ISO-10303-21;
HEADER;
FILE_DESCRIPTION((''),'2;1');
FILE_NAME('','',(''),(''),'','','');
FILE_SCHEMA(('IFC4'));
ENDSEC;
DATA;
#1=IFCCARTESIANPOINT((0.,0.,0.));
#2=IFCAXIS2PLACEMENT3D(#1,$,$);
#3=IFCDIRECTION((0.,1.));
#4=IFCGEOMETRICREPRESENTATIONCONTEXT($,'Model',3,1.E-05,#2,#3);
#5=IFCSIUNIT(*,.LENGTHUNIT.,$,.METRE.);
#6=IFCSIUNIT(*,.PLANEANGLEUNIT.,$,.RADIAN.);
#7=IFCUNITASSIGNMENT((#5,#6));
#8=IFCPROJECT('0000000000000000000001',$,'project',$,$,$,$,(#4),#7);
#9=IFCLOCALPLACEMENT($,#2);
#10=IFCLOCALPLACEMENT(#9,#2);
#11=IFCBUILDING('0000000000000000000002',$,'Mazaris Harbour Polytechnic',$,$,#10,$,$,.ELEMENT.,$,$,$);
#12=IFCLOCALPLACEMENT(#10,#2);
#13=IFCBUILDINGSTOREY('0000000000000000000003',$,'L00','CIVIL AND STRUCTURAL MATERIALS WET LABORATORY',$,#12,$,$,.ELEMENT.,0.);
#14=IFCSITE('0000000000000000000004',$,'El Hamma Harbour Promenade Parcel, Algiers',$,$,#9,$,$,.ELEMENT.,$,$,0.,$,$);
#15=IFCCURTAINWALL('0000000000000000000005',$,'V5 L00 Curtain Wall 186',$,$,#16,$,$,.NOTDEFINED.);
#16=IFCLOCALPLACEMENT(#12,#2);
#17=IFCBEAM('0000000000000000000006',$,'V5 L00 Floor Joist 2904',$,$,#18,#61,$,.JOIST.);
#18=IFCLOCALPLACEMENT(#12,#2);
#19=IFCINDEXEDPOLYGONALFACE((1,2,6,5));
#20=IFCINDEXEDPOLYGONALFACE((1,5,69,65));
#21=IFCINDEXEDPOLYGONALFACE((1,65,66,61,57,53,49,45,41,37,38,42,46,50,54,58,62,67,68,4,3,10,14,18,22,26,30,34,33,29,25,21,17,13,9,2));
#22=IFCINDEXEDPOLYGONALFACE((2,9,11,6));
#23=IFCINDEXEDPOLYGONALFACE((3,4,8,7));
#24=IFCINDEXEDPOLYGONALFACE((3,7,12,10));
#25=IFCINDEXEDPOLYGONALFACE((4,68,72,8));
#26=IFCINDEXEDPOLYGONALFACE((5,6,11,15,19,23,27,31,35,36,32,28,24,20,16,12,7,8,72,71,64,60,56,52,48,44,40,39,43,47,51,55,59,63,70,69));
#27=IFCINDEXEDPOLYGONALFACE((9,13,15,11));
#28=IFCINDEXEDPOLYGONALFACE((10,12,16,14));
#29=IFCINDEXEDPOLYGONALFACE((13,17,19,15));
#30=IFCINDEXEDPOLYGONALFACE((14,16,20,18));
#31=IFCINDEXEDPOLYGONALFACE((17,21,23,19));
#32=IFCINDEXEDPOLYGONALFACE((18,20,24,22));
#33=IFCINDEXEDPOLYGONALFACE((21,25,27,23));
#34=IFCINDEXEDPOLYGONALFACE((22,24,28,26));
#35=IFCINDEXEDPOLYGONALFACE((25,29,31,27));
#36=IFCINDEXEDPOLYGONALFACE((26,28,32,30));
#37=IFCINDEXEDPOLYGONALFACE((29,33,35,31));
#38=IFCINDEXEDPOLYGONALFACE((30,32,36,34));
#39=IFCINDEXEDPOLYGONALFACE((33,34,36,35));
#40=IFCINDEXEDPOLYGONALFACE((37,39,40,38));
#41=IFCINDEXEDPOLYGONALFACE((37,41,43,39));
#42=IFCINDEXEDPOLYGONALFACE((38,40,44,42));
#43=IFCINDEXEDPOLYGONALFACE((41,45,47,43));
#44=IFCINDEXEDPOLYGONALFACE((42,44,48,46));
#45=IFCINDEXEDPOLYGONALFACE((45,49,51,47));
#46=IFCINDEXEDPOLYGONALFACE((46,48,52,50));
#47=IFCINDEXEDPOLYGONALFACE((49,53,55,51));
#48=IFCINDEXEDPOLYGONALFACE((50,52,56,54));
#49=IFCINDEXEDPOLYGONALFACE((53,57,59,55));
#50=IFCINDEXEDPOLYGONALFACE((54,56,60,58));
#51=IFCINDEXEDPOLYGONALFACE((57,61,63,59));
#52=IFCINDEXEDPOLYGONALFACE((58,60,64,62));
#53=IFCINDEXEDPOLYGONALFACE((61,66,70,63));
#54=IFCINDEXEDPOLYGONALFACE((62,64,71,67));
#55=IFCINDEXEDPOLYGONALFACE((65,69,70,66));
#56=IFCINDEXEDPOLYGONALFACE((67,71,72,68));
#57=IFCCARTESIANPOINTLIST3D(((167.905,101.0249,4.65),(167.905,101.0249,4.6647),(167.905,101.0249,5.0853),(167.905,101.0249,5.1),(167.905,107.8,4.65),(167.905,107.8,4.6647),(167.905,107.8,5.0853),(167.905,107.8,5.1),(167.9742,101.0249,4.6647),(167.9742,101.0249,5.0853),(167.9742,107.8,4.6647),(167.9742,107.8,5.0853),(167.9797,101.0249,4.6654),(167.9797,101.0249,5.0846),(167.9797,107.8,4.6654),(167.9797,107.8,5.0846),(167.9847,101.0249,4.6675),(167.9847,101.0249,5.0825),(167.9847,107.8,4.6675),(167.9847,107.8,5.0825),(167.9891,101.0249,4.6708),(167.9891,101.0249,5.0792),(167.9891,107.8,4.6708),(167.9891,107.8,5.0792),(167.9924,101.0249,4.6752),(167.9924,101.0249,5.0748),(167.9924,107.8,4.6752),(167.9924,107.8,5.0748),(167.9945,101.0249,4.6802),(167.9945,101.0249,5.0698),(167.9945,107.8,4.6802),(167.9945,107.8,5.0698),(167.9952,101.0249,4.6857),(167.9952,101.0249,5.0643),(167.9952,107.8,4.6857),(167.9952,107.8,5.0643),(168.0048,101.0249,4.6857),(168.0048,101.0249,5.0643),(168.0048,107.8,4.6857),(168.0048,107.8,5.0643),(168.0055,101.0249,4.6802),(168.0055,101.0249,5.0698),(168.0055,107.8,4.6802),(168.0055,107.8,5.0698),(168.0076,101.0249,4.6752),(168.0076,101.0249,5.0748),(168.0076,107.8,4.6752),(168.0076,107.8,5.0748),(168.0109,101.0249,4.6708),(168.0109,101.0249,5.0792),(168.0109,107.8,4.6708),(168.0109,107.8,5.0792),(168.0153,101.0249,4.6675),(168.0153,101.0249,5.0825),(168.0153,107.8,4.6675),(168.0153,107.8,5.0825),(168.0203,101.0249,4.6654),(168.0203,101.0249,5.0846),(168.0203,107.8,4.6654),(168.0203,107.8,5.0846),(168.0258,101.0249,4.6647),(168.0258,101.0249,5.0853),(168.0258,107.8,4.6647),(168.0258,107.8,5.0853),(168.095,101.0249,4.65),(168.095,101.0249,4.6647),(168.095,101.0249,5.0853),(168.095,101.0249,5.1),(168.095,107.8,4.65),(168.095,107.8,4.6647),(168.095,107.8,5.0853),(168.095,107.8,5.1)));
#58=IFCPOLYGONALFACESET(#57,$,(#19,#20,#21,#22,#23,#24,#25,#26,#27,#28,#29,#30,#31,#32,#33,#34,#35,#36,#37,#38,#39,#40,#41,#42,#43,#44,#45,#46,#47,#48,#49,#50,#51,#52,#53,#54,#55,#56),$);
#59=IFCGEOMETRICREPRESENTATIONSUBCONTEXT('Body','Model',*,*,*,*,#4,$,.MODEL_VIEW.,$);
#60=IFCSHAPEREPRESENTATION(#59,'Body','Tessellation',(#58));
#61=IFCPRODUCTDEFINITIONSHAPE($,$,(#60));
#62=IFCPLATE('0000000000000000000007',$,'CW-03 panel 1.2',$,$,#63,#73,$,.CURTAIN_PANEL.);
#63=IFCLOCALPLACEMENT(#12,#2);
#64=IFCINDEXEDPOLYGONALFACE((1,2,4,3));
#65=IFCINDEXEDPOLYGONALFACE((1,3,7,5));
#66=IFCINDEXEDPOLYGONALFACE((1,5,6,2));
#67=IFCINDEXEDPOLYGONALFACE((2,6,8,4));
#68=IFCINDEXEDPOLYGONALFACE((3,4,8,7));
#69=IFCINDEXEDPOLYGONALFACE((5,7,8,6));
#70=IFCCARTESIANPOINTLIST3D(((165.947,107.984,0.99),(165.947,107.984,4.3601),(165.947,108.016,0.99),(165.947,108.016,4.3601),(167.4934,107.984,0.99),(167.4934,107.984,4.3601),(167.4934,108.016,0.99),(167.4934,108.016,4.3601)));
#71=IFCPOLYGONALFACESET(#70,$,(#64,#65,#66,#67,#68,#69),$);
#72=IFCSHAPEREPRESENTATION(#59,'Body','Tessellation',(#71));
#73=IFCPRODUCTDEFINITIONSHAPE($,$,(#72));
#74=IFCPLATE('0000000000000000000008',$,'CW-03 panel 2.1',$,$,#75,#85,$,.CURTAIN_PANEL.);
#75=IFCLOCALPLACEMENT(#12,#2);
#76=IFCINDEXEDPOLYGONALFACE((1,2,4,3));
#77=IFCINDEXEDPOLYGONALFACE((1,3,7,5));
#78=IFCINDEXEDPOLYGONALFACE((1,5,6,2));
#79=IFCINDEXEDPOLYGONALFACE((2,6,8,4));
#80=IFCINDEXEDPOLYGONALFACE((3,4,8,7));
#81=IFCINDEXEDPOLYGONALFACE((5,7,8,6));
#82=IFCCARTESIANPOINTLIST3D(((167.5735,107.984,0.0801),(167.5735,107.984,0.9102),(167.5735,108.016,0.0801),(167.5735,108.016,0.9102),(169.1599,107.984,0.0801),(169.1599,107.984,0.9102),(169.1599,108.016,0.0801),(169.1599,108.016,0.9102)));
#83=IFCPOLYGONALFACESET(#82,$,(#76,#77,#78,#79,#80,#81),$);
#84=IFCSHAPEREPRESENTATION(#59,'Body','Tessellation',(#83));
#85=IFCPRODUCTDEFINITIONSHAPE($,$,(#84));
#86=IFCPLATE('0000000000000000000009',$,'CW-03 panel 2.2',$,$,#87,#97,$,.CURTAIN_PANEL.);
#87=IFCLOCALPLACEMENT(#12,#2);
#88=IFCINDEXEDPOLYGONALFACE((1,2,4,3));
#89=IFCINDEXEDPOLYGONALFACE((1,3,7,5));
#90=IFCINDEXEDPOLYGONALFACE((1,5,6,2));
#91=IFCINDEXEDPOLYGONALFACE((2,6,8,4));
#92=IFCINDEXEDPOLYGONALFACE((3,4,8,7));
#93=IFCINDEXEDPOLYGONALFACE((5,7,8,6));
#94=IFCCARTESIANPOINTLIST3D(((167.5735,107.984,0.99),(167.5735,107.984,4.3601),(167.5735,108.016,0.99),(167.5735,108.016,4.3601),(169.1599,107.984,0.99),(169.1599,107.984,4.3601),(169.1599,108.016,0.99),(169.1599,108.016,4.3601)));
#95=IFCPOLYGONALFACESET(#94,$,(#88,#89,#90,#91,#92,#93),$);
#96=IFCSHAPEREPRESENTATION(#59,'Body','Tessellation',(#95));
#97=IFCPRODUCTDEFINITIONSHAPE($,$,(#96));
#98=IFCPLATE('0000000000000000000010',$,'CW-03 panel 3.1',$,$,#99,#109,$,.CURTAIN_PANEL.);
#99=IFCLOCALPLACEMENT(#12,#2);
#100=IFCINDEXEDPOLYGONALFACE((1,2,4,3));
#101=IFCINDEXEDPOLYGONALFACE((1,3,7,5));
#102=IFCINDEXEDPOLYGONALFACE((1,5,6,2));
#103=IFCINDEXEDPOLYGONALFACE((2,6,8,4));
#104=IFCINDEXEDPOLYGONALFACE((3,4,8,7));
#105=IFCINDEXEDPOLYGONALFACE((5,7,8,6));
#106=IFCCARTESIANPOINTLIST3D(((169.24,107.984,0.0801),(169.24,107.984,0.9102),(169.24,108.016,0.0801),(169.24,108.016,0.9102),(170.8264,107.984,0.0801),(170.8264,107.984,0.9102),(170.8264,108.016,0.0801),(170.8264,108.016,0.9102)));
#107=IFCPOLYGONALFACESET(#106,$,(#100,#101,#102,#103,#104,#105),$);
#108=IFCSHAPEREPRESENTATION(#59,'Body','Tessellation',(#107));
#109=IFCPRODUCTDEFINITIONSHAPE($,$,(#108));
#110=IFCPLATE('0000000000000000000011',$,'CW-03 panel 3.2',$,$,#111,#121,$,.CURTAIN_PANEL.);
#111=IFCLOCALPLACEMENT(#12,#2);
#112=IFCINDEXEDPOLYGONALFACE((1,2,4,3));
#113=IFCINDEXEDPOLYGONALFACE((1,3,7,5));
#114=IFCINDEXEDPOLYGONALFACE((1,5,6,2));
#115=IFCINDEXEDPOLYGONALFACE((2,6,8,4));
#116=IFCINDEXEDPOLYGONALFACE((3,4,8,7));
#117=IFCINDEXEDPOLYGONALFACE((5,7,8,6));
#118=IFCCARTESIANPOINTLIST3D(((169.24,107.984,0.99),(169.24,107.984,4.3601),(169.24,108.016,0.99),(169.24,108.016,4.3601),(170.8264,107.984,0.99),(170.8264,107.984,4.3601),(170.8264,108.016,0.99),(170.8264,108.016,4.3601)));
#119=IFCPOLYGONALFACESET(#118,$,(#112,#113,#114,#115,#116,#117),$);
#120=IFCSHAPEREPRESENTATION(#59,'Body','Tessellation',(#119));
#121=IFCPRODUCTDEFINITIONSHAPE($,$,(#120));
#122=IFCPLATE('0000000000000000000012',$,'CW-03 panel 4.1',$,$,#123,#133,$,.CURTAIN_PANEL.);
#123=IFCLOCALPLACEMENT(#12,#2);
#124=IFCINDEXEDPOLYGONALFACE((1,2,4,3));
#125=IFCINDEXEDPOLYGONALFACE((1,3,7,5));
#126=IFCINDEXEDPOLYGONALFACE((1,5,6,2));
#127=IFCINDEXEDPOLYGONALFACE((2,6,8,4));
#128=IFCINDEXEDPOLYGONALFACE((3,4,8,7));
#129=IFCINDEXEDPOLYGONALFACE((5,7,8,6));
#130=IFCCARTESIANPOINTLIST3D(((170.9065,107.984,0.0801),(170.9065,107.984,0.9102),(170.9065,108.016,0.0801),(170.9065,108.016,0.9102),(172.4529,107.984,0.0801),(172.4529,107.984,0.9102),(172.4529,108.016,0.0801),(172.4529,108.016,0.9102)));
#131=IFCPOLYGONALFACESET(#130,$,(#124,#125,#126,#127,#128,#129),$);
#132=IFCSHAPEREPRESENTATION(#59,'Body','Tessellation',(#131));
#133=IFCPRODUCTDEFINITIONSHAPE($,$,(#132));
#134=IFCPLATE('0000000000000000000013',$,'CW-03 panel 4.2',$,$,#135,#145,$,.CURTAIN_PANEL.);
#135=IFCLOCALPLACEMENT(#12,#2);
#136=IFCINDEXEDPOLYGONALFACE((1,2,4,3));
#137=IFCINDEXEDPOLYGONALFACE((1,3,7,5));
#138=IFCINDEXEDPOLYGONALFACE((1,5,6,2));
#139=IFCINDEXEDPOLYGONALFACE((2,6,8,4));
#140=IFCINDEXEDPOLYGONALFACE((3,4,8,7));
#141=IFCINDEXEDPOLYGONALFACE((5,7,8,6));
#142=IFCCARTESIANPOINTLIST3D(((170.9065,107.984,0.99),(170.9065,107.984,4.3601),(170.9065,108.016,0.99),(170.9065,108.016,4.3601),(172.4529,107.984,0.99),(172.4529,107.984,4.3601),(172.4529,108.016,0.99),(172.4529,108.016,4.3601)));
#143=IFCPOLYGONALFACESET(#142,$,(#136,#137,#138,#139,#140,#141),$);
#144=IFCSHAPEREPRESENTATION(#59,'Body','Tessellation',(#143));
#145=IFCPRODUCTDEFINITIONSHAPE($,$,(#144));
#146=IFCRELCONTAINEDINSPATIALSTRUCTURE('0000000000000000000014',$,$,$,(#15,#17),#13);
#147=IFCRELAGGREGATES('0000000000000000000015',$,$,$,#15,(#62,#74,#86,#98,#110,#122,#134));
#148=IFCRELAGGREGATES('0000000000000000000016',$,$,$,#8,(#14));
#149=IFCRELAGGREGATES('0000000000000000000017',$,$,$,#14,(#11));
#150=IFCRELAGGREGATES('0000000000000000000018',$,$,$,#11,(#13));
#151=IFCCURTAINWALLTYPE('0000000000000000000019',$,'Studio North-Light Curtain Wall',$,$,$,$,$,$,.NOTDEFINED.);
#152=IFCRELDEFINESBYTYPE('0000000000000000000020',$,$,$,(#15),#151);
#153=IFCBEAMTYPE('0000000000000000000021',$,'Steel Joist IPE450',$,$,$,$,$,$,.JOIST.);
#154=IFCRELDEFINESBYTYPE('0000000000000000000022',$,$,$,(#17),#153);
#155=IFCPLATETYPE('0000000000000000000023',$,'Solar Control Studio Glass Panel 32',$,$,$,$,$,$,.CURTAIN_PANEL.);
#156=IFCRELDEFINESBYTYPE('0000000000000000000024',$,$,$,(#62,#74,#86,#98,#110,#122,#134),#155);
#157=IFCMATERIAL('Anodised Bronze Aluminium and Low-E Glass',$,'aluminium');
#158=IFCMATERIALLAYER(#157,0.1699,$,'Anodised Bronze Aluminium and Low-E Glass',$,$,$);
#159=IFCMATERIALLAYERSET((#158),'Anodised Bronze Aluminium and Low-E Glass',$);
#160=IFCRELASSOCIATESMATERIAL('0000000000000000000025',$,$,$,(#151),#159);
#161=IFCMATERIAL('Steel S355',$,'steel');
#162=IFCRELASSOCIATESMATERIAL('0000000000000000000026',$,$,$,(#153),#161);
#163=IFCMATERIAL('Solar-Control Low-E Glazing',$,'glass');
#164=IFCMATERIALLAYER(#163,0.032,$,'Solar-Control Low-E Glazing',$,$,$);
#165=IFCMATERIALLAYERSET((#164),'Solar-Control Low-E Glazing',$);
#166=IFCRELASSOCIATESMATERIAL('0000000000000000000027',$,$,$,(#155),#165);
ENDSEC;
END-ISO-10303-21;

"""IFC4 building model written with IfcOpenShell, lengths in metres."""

from ifc_helpers import new_model, si_unit, direction, frame, origin, origin_2d, place, context, subcontext, project, spatial, rectangle, i_section, extrude, material, layer, layer_set, material_profile, profile_set, type_object, element, aggregate, save


model = new_model("IFC4")

# Units and contexts
model_context = context("Model", 3, precision=1e-05, world=origin(), true_north=direction((0.0, 1.0)))
body_context = subcontext(model_context, "Body", "Model", "MODEL_VIEW")
ifc_project = project(units=[si_unit("LENGTHUNIT", "METRE"), si_unit("PLANEANGLEUNIT", "RADIAN")], contexts=[model_context])

# Site, building, storey
site_placement = place(None, origin())
site = spatial("IfcSite", under=ifc_project, at=site_placement, Name="El Hamma Harbour Promenade Parcel, Algiers", CompositionType="ELEMENT", RefElevation=0.0)
building_placement = place(site_placement, origin())
building = spatial("IfcBuilding", under=site, at=building_placement, Name="Mazaris Harbour Polytechnic", CompositionType="ELEMENT")
storey_placement = place(building_placement, origin())
storey = spatial("IfcBuildingStorey", under=building, at=storey_placement, Name="L00", Description="CIVIL AND STRUCTURAL MATERIALS WET LABORATORY", CompositionType="ELEMENT", Elevation=0.0)

# Curtain wall
ifc_material_1 = material(Name="Anodised Bronze Aluminium and Low-E Glass", Category="aluminium")
ifc_layer_1 = layer(ifc_material_1, 0.1699, Name="Anodised Bronze Aluminium and Low-E Glass")
ifc_layer_set_1 = layer_set([ifc_layer_1], Name="Anodised Bronze Aluminium and Low-E Glass")
curtain_wall_type = type_object("IfcCurtainWallType", Name="Studio North-Light Curtain Wall", PredefinedType="NOTDEFINED", material=ifc_layer_set_1)
curtain_wall_placement = place(storey_placement, origin())
curtain_wall = element("IfcCurtainWall", 1, at=curtain_wall_placement, inside=storey, type_object=curtain_wall_type, Name="V5 L00 Curtain Wall 186", PredefinedType="NOTDEFINED")

# Beam
ifc_material_2 = material(Name="Steel S355", Category="steel")
ifc_material_profile_1 = material_profile(ifc_material_2, i_section(OverallWidth=0.1899, OverallDepth=0.45, WebThickness=0.0095, FlangeThickness=0.0146, FilletRadius=0.021, at=origin_2d()), Name="IPE 450")
ifc_profile_set_1 = profile_set([ifc_material_profile_1], Name="Steel S355")
beam_type_1 = type_object("IfcBeamType", Name="Steel Joist IPE450", PredefinedType="JOIST", material=ifc_profile_set_1)
beam_1_placement = place(storey_placement, frame((168.0, 101.0249, 4.875), z_axis=(0.0, 1.0, 0.0), x_axis=(-1.0, 0.0, 0.0)))
element("IfcBeam", 2, at=beam_1_placement, inside=storey, type_object=beam_type_1, Name="V5 L00 Floor Joist 2904", PredefinedType="JOIST", context=body_context, shape_type="SweptSolid", body=[
    extrude(i_section(OverallWidth=0.1899, OverallDepth=0.45, WebThickness=0.0095, FlangeThickness=0.0146, FilletRadius=0.021, at=origin_2d()), origin(), (0.0, 0.0, 1.0), 6.7751),
])

# Plates
ifc_material_3 = material(Name="Solar-Control Low-E Glazing", Category="glass")
ifc_layer_2 = layer(ifc_material_3, 0.032, Name="Solar-Control Low-E Glazing")
ifc_layer_set_2 = layer_set([ifc_layer_2], Name="Solar-Control Low-E Glazing")
plate_type = type_object("IfcPlateType", Name="Solar Control Studio Glass Panel 32", PredefinedType="CURTAIN_PANEL", material=ifc_layer_set_2)
plate_1_placement = place(storey_placement, frame((166.7202, 108.0, 0.99), z_axis=(0.0, 0.0, 1.0), x_axis=(1.0, 0.0, 0.0)))
plate_1 = element("IfcPlate", 3, at=plate_1_placement, type_object=plate_type, Name="CW-03 panel 1.2", PredefinedType="CURTAIN_PANEL", context=body_context, shape_type="SweptSolid", body=[
    extrude(rectangle(XDim=1.5464, YDim=0.032, at=origin_2d()), origin(), (0.0, 0.0, 1.0), 3.3701),
])
plate_2_placement = place(storey_placement, frame((168.3667, 108.0, 0.0801), z_axis=(0.0, 0.0, 1.0), x_axis=(1.0, 0.0, 0.0)))
plate_2 = element("IfcPlate", 4, at=plate_2_placement, type_object=plate_type, Name="CW-03 panel 2.1", PredefinedType="CURTAIN_PANEL", context=body_context, shape_type="SweptSolid", body=[
    extrude(rectangle(XDim=1.5864, YDim=0.032, at=origin_2d()), origin(), (0.0, 0.0, 1.0), 0.8301),
])
plate_3_placement = place(storey_placement, frame((168.3667, 108.0, 0.99), z_axis=(0.0, 0.0, 1.0), x_axis=(1.0, 0.0, 0.0)))
plate_3 = element("IfcPlate", 5, at=plate_3_placement, type_object=plate_type, Name="CW-03 panel 2.2", PredefinedType="CURTAIN_PANEL", context=body_context, shape_type="SweptSolid", body=[
    extrude(rectangle(XDim=1.5864, YDim=0.032, at=origin_2d()), origin(), (0.0, 0.0, 1.0), 3.3701),
])
plate_4_placement = place(storey_placement, frame((170.0332, 108.0, 0.0801), z_axis=(0.0, 0.0, 1.0), x_axis=(1.0, 0.0, 0.0)))
plate_4 = element("IfcPlate", 6, at=plate_4_placement, type_object=plate_type, Name="CW-03 panel 3.1", PredefinedType="CURTAIN_PANEL", context=body_context, shape_type="SweptSolid", body=[
    extrude(rectangle(XDim=1.5864, YDim=0.032, at=origin_2d()), origin(), (0.0, 0.0, 1.0), 0.8301),
])
plate_5_placement = place(storey_placement, frame((170.0332, 108.0, 0.99), z_axis=(0.0, 0.0, 1.0), x_axis=(1.0, 0.0, 0.0)))
plate_5 = element("IfcPlate", 7, at=plate_5_placement, type_object=plate_type, Name="CW-03 panel 3.2", PredefinedType="CURTAIN_PANEL", context=body_context, shape_type="SweptSolid", body=[
    extrude(rectangle(XDim=1.5864, YDim=0.032, at=origin_2d()), origin(), (0.0, 0.0, 1.0), 3.3701),
])
plate_6_placement = place(storey_placement, frame((171.6797, 108.0, 0.0801), z_axis=(0.0, 0.0, 1.0), x_axis=(1.0, 0.0, 0.0)))
plate_6 = element("IfcPlate", 8, at=plate_6_placement, type_object=plate_type, Name="CW-03 panel 4.1", PredefinedType="CURTAIN_PANEL", context=body_context, shape_type="SweptSolid", body=[
    extrude(rectangle(XDim=1.5464, YDim=0.032, at=origin_2d()), origin(), (0.0, 0.0, 1.0), 0.8301),
])
plate_7_placement = place(storey_placement, frame((171.6797, 108.0, 0.99), z_axis=(0.0, 0.0, 1.0), x_axis=(1.0, 0.0, 0.0)))
plate_7 = element("IfcPlate", 9, at=plate_7_placement, type_object=plate_type, Name="CW-03 panel 4.2", PredefinedType="CURTAIN_PANEL", context=body_context, shape_type="SweptSolid", body=[
    extrude(rectangle(XDim=1.5464, YDim=0.032, at=origin_2d()), origin(), (0.0, 0.0, 1.0), 3.3701),
])
aggregate(curtain_wall, [plate_1, plate_2, plate_3, plate_4, plate_5, plate_6, plate_7])

save(model, "model.ifc")
